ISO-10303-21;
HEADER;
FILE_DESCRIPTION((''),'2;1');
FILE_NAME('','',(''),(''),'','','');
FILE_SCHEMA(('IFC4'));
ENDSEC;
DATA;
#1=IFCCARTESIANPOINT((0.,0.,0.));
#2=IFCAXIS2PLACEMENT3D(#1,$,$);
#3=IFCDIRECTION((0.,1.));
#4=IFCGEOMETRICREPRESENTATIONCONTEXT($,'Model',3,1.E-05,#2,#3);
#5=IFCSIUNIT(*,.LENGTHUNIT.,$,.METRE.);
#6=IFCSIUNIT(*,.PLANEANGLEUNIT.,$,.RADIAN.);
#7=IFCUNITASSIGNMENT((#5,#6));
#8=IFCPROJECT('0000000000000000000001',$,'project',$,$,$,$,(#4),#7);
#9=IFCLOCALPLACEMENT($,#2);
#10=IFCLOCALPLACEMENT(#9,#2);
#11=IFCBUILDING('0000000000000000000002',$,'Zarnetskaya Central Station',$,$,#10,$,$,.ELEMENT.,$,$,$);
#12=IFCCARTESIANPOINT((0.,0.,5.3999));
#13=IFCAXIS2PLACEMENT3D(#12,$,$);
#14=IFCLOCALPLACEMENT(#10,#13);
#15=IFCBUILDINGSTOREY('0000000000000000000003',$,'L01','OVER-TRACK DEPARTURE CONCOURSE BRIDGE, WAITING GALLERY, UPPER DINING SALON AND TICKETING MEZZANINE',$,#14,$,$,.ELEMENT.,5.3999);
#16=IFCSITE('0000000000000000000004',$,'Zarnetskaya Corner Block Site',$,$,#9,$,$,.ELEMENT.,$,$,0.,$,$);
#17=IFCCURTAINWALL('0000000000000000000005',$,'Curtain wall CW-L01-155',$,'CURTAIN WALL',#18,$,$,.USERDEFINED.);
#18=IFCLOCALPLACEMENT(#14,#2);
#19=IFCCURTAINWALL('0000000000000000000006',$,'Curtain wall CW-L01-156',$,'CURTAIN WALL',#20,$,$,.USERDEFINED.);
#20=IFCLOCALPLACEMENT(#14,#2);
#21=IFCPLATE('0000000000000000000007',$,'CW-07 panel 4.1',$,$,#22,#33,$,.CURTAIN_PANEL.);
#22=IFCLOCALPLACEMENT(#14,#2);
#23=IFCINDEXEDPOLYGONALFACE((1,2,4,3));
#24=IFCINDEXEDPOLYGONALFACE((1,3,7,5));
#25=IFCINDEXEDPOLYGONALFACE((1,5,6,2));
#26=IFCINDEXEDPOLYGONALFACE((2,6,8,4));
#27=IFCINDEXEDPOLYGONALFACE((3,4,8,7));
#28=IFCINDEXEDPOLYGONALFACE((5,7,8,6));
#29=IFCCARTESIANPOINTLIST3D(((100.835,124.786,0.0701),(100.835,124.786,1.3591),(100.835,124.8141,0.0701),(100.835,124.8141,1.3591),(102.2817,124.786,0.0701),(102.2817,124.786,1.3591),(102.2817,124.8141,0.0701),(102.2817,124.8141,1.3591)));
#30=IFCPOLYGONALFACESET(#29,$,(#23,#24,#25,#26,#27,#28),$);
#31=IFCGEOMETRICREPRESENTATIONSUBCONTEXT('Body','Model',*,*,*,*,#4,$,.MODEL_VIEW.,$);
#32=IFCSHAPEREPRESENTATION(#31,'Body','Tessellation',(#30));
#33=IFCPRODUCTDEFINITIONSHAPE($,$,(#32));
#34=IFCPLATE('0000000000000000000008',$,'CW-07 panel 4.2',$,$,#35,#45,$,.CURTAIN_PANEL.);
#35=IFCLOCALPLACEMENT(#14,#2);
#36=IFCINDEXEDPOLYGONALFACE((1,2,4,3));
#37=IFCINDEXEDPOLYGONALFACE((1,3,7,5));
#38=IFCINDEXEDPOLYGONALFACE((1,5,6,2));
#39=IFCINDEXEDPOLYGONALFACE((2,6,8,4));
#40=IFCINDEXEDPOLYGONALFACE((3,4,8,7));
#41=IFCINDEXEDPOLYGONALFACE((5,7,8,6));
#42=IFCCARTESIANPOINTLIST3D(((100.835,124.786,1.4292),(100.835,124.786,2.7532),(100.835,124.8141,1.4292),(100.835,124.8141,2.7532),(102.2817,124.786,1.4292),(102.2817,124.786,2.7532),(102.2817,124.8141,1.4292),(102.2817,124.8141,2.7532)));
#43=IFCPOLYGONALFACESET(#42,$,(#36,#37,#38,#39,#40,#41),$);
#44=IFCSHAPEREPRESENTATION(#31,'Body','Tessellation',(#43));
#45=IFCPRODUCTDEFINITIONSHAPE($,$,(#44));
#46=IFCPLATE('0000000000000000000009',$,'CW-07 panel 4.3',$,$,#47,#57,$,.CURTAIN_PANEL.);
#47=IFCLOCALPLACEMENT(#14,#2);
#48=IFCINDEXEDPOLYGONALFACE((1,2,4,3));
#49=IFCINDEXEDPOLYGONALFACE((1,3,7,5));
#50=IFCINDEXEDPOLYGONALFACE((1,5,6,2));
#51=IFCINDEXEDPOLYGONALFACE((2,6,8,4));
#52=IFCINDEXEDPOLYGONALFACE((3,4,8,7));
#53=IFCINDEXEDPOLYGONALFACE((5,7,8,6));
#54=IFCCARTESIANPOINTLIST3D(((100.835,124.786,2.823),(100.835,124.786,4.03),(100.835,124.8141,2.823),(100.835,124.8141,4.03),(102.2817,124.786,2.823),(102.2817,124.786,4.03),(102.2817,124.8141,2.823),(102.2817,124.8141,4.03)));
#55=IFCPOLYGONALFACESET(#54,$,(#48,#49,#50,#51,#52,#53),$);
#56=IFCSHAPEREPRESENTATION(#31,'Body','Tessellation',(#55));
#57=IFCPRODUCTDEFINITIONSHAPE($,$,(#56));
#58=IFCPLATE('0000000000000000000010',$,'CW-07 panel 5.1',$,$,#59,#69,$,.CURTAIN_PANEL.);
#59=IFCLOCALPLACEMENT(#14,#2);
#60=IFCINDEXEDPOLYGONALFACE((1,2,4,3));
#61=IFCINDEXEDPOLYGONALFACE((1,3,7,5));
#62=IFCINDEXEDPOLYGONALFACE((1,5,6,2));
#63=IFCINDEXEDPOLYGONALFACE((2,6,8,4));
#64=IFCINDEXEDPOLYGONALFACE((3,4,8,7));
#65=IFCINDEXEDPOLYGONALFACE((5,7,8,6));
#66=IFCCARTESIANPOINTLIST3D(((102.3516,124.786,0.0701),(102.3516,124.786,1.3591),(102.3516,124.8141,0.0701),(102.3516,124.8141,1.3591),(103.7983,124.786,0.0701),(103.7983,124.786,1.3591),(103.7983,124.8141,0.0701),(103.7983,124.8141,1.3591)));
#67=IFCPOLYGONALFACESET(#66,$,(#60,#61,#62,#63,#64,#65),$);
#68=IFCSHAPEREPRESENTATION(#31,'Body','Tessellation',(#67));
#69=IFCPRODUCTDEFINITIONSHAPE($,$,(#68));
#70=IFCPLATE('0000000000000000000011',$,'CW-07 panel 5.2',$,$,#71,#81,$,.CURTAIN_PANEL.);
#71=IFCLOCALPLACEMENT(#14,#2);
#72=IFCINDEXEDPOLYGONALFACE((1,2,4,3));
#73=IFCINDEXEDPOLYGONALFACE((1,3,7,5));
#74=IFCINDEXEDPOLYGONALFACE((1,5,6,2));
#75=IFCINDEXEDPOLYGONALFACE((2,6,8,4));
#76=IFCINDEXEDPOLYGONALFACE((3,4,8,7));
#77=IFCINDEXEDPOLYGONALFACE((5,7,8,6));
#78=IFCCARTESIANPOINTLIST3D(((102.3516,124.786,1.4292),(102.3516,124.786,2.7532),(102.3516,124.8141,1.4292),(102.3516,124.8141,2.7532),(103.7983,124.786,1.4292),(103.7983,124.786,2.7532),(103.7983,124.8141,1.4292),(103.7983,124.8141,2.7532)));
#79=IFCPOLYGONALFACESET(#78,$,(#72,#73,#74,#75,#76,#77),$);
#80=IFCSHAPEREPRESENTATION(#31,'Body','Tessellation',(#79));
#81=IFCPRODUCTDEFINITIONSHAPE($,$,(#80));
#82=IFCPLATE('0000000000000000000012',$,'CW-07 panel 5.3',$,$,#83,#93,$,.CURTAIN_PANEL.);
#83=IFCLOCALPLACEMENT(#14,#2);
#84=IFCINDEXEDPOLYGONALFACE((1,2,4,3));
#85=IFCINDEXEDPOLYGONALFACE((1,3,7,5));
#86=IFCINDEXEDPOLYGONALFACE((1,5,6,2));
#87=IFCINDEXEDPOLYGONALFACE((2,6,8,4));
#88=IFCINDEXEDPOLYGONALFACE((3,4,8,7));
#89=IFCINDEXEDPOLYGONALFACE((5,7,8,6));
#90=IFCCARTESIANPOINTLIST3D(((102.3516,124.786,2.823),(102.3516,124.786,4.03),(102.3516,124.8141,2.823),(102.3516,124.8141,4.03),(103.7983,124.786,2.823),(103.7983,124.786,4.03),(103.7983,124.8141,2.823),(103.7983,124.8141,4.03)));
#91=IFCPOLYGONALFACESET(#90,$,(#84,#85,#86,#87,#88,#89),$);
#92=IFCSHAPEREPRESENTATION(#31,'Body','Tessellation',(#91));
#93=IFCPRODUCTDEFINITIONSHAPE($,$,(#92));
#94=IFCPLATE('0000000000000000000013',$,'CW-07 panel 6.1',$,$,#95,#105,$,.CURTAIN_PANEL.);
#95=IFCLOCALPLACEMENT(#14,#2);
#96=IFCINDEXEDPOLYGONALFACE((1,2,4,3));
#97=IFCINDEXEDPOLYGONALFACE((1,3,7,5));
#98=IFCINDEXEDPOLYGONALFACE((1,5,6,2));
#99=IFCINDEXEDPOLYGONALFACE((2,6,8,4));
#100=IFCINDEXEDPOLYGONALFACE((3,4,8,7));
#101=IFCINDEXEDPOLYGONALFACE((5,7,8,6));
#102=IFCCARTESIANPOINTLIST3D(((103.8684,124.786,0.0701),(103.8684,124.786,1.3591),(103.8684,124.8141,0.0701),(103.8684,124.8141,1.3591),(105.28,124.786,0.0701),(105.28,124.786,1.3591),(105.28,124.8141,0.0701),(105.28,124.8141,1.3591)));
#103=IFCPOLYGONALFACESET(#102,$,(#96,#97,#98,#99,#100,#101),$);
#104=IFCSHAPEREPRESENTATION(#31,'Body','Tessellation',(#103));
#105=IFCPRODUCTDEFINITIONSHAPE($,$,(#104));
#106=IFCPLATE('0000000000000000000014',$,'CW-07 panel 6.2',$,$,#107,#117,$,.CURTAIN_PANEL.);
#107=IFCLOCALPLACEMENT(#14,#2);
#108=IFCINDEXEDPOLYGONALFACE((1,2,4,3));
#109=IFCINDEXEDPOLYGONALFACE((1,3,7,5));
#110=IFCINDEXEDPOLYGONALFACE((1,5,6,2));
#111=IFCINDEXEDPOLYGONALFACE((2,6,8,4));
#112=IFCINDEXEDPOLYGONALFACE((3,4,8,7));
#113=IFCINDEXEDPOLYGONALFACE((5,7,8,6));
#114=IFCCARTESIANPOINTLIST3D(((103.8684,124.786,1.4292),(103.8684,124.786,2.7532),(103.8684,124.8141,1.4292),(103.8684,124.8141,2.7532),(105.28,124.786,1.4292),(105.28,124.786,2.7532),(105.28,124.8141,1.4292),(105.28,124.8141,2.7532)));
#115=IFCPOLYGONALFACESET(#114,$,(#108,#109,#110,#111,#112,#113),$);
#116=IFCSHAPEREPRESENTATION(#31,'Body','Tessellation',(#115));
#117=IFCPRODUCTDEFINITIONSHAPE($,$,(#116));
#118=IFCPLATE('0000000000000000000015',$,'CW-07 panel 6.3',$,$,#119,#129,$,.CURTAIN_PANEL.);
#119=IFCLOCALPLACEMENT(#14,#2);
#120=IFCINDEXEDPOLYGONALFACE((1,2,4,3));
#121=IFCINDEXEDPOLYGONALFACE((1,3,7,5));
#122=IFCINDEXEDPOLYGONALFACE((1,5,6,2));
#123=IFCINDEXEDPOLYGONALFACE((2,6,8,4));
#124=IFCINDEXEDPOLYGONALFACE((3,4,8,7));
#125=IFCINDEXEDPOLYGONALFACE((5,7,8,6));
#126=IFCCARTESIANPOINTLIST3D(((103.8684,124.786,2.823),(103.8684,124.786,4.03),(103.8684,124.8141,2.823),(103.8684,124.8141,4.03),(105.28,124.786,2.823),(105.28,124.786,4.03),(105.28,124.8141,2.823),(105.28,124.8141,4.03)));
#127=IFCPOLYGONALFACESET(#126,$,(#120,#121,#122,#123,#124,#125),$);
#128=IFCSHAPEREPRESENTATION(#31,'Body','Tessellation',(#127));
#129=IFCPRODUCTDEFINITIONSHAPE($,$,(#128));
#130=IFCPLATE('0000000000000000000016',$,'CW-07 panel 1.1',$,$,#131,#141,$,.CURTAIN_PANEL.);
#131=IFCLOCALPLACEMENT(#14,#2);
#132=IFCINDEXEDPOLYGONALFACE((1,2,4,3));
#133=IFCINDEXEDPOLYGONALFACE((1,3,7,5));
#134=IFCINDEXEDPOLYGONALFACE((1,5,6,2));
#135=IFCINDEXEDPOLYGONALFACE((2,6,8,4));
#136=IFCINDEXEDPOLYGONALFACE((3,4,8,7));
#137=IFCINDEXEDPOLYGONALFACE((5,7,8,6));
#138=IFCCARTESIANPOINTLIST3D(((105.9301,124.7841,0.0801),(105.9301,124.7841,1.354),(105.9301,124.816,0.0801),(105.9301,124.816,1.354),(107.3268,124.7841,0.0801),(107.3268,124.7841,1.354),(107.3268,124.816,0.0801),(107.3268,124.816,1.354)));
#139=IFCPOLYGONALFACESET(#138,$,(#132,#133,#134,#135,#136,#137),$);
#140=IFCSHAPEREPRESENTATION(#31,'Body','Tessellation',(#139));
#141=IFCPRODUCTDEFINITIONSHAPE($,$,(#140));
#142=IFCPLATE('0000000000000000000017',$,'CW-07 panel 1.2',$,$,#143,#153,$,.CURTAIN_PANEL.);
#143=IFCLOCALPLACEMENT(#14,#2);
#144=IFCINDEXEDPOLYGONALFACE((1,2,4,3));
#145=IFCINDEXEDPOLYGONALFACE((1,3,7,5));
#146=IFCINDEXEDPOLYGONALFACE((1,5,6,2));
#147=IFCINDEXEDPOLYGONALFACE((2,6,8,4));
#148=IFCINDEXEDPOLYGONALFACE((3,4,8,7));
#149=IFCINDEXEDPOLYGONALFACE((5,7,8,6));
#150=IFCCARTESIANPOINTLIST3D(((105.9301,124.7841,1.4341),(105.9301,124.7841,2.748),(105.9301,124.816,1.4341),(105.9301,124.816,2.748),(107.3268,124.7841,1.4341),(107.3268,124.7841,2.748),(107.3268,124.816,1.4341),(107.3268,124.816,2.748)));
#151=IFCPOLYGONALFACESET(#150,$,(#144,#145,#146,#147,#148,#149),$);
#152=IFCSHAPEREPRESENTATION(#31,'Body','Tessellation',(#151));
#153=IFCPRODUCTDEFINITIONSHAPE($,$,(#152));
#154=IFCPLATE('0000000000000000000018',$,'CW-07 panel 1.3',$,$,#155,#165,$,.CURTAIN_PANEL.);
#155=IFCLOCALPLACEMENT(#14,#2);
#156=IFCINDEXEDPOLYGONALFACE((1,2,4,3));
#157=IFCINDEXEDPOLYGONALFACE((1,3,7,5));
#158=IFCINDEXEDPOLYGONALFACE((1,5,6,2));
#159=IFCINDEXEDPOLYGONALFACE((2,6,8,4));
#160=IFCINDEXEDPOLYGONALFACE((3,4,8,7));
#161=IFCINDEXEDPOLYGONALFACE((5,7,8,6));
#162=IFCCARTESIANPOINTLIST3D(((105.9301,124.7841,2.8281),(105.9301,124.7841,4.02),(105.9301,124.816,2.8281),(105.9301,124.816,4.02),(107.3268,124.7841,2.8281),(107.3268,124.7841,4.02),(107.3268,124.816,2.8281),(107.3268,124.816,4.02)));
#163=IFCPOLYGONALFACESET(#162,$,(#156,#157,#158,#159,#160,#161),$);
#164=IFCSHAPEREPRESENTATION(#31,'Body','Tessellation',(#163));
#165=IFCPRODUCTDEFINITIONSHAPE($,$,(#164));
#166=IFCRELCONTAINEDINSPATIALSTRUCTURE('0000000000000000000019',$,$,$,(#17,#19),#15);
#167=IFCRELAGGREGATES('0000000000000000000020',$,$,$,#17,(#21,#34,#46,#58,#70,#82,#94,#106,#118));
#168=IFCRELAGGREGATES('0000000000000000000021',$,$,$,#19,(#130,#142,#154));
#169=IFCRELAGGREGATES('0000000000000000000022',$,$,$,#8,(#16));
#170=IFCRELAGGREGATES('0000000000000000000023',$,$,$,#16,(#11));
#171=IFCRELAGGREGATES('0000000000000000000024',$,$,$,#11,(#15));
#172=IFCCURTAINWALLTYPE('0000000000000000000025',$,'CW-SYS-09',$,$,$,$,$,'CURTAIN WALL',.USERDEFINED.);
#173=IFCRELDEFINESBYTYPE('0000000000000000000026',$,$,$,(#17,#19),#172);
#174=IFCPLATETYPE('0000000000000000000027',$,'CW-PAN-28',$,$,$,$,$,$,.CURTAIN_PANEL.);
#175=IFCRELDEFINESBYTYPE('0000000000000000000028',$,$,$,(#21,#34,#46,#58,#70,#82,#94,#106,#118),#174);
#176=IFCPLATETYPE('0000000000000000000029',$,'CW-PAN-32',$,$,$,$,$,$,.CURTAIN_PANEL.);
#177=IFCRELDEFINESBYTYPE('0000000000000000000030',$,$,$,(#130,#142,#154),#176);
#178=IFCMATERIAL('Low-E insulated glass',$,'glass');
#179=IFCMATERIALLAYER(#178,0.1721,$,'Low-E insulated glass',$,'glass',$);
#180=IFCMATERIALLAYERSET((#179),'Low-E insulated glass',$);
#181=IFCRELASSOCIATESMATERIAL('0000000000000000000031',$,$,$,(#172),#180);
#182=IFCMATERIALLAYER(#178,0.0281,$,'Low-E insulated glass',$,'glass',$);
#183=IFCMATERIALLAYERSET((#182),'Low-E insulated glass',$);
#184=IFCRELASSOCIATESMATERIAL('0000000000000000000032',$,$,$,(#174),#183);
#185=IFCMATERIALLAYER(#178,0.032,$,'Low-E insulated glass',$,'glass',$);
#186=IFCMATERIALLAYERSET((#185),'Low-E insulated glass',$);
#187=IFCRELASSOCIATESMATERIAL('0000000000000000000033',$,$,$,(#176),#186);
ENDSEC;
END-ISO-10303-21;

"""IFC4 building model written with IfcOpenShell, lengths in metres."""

from ifc_helpers import new_model, si_unit, direction, frame, origin, origin_2d, place, context, subcontext, project, spatial, rectangle, extrude, material, layer, layer_set, type_object, element, aggregate, save


model = new_model("IFC4")

# Units and contexts
model_context = context("Model", 3, precision=1e-05, world=origin(), true_north=direction((0.0, 1.0)))
body_context = subcontext(model_context, "Body", "Model", "MODEL_VIEW")
ifc_project = project(units=[si_unit("LENGTHUNIT", "METRE"), si_unit("PLANEANGLEUNIT", "RADIAN")], contexts=[model_context])

# Site, building, storey
site_placement = place(None, origin())
site = spatial("IfcSite", under=ifc_project, at=site_placement, Name="Zarnetskaya Corner Block Site", CompositionType="ELEMENT", RefElevation=0.0)
building_placement = place(site_placement, origin())
building = spatial("IfcBuilding", under=site, at=building_placement, Name="Zarnetskaya Central Station", CompositionType="ELEMENT")
storey_placement = place(building_placement, frame((0.0, 0.0, 5.3999)))
storey = spatial("IfcBuildingStorey", under=building, at=storey_placement, Name="L01", Description="OVER-TRACK DEPARTURE CONCOURSE BRIDGE, WAITING GALLERY, UPPER DINING SALON AND TICKETING MEZZANINE", CompositionType="ELEMENT", Elevation=5.3999)

# Curtain walls
ifc_material_1 = material(Name="Low-E insulated glass", Category="glass")
ifc_layer_1 = layer(ifc_material_1, 0.1721, Name="Low-E insulated glass", Category="glass")
ifc_layer_set_1 = layer_set([ifc_layer_1], Name="Low-E insulated glass")
curtain_wall_type = type_object("IfcCurtainWallType", Name="CW-SYS-09", ElementType="CURTAIN WALL", PredefinedType="USERDEFINED", material=ifc_layer_set_1)
curtain_wall_1_placement = place(storey_placement, origin())
curtain_wall_1 = element("IfcCurtainWall", 1, at=curtain_wall_1_placement, inside=storey, type_object=curtain_wall_type, Name="Curtain wall CW-L01-155", ObjectType="CURTAIN WALL", PredefinedType="USERDEFINED")
curtain_wall_2_placement = place(storey_placement, origin())
curtain_wall_2 = element("IfcCurtainWall", 2, at=curtain_wall_2_placement, inside=storey, type_object=curtain_wall_type, Name="Curtain wall CW-L01-156", ObjectType="CURTAIN WALL", PredefinedType="USERDEFINED")

# Plates
ifc_layer_2 = layer(ifc_material_1, 0.0281, Name="Low-E insulated glass", Category="glass")
ifc_layer_set_2 = layer_set([ifc_layer_2], Name="Low-E insulated glass")
plate_type_1 = type_object("IfcPlateType", Name="CW-PAN-28", PredefinedType="CURTAIN_PANEL", material=ifc_layer_set_2)
plate_1_placement = place(storey_placement, frame((101.5583, 124.8, 0.0701), z_axis=(0.0, 0.0, 1.0), x_axis=(1.0, 0.0, 0.0)))
plate_1 = element("IfcPlate", 3, at=plate_1_placement, type_object=plate_type_1, Name="CW-07 panel 4.1", PredefinedType="CURTAIN_PANEL", context=body_context, shape_type="SweptSolid", body=[
    extrude(rectangle(XDim=1.4468, YDim=0.0281, at=origin_2d()), origin(), (0.0, 0.0, 1.0), 1.2891),
])
plate_2_placement = place(storey_placement, frame((101.5583, 124.8, 1.4292), z_axis=(0.0, 0.0, 1.0), x_axis=(1.0, 0.0, 0.0)))
plate_2 = element("IfcPlate", 4, at=plate_2_placement, type_object=plate_type_1, Name="CW-07 panel 4.2", PredefinedType="CURTAIN_PANEL", context=body_context, shape_type="SweptSolid", body=[
    extrude(rectangle(XDim=1.4468, YDim=0.0281, at=origin_2d()), origin(), (0.0, 0.0, 1.0), 1.324),
])
plate_3_placement = place(storey_placement, frame((101.5583, 124.8, 2.823), z_axis=(0.0, 0.0, 1.0), x_axis=(1.0, 0.0, 0.0)))
plate_3 = element("IfcPlate", 5, at=plate_3_placement, type_object=plate_type_1, Name="CW-07 panel 4.3", PredefinedType="CURTAIN_PANEL", context=body_context, shape_type="SweptSolid", body=[
    extrude(rectangle(XDim=1.4468, YDim=0.0281, at=origin_2d()), origin(), (0.0, 0.0, 1.0), 1.207),
])
plate_4_placement = place(storey_placement, frame((103.075, 124.8, 0.0701), z_axis=(0.0, 0.0, 1.0), x_axis=(1.0, 0.0, 0.0)))
plate_4 = element("IfcPlate", 6, at=plate_4_placement, type_object=plate_type_1, Name="CW-07 panel 5.1", PredefinedType="CURTAIN_PANEL", context=body_context, shape_type="SweptSolid", body=[
    extrude(rectangle(XDim=1.4468, YDim=0.0281, at=origin_2d()), origin(), (0.0, 0.0, 1.0), 1.2891),
])
plate_5_placement = place(storey_placement, frame((103.075, 124.8, 1.4292), z_axis=(0.0, 0.0, 1.0), x_axis=(1.0, 0.0, 0.0)))
plate_5 = element("IfcPlate", 7, at=plate_5_placement, type_object=plate_type_1, Name="CW-07 panel 5.2", PredefinedType="CURTAIN_PANEL", context=body_context, shape_type="SweptSolid", body=[
    extrude(rectangle(XDim=1.4468, YDim=0.0281, at=origin_2d()), origin(), (0.0, 0.0, 1.0), 1.324),
])
plate_6_placement = place(storey_placement, frame((103.075, 124.8, 2.823), z_axis=(0.0, 0.0, 1.0), x_axis=(1.0, 0.0, 0.0)))
plate_6 = element("IfcPlate", 8, at=plate_6_placement, type_object=plate_type_1, Name="CW-07 panel 5.3", PredefinedType="CURTAIN_PANEL", context=body_context, shape_type="SweptSolid", body=[
    extrude(rectangle(XDim=1.4468, YDim=0.0281, at=origin_2d()), origin(), (0.0, 0.0, 1.0), 1.207),
])
plate_7_placement = place(storey_placement, frame((104.5742, 124.8, 0.0701), z_axis=(0.0, 0.0, 1.0), x_axis=(1.0, 0.0, 0.0)))
plate_7 = element("IfcPlate", 9, at=plate_7_placement, type_object=plate_type_1, Name="CW-07 panel 6.1", PredefinedType="CURTAIN_PANEL", context=body_context, shape_type="SweptSolid", body=[
    extrude(rectangle(XDim=1.4116, YDim=0.0281, at=origin_2d()), origin(), (0.0, 0.0, 1.0), 1.2891),
])
plate_8_placement = place(storey_placement, frame((104.5742, 124.8, 1.4292), z_axis=(0.0, 0.0, 1.0), x_axis=(1.0, 0.0, 0.0)))
plate_8 = element("IfcPlate", 10, at=plate_8_placement, type_object=plate_type_1, Name="CW-07 panel 6.2", PredefinedType="CURTAIN_PANEL", context=body_context, shape_type="SweptSolid", body=[
    extrude(rectangle(XDim=1.4116, YDim=0.0281, at=origin_2d()), origin(), (0.0, 0.0, 1.0), 1.324),
])
plate_9_placement = place(storey_placement, frame((104.5742, 124.8, 2.823), z_axis=(0.0, 0.0, 1.0), x_axis=(1.0, 0.0, 0.0)))
plate_9 = element("IfcPlate", 11, at=plate_9_placement, type_object=plate_type_1, Name="CW-07 panel 6.3", PredefinedType="CURTAIN_PANEL", context=body_context, shape_type="SweptSolid", body=[
    extrude(rectangle(XDim=1.4116, YDim=0.0281, at=origin_2d()), origin(), (0.0, 0.0, 1.0), 1.207),
])
aggregate(curtain_wall_1, [plate_1, plate_2, plate_3, plate_4, plate_5, plate_6, plate_7, plate_8, plate_9])
ifc_layer_3 = layer(ifc_material_1, 0.032, Name="Low-E insulated glass", Category="glass")
ifc_layer_set_3 = layer_set([ifc_layer_3], Name="Low-E insulated glass")
plate_type_2 = type_object("IfcPlateType", Name="CW-PAN-32", PredefinedType="CURTAIN_PANEL", material=ifc_layer_set_3)
plate_10_placement = place(storey_placement, frame((106.6284, 124.8, 0.0801), z_axis=(0.0, 0.0, 1.0), x_axis=(1.0, 0.0, 0.0)))
plate_10 = element("IfcPlate", 12, at=plate_10_placement, type_object=plate_type_2, Name="CW-07 panel 1.1", PredefinedType="CURTAIN_PANEL", context=body_context, shape_type="SweptSolid", body=[
    extrude(rectangle(XDim=1.3967, YDim=0.032, at=origin_2d()), origin(), (0.0, 0.0, 1.0), 1.2739),
])
plate_11_placement = place(storey_placement, frame((106.6284, 124.8, 1.4341), z_axis=(0.0, 0.0, 1.0), x_axis=(1.0, 0.0, 0.0)))
plate_11 = element("IfcPlate", 13, at=plate_11_placement, type_object=plate_type_2, Name="CW-07 panel 1.2", PredefinedType="CURTAIN_PANEL", context=body_context, shape_type="SweptSolid", body=[
    extrude(rectangle(XDim=1.3967, YDim=0.032, at=origin_2d()), origin(), (0.0, 0.0, 1.0), 1.314),
])
plate_12_placement = place(storey_placement, frame((106.6284, 124.8, 2.8281), z_axis=(0.0, 0.0, 1.0), x_axis=(1.0, 0.0, 0.0)))
plate_12 = element("IfcPlate", 14, at=plate_12_placement, type_object=plate_type_2, Name="CW-07 panel 1.3", PredefinedType="CURTAIN_PANEL", context=body_context, shape_type="SweptSolid", body=[
    extrude(rectangle(XDim=1.3967, YDim=0.032, at=origin_2d()), origin(), (0.0, 0.0, 1.0), 1.1919),
])
aggregate(curtain_wall_2, [plate_10, plate_11, plate_12])

save(model, "model.ifc")
